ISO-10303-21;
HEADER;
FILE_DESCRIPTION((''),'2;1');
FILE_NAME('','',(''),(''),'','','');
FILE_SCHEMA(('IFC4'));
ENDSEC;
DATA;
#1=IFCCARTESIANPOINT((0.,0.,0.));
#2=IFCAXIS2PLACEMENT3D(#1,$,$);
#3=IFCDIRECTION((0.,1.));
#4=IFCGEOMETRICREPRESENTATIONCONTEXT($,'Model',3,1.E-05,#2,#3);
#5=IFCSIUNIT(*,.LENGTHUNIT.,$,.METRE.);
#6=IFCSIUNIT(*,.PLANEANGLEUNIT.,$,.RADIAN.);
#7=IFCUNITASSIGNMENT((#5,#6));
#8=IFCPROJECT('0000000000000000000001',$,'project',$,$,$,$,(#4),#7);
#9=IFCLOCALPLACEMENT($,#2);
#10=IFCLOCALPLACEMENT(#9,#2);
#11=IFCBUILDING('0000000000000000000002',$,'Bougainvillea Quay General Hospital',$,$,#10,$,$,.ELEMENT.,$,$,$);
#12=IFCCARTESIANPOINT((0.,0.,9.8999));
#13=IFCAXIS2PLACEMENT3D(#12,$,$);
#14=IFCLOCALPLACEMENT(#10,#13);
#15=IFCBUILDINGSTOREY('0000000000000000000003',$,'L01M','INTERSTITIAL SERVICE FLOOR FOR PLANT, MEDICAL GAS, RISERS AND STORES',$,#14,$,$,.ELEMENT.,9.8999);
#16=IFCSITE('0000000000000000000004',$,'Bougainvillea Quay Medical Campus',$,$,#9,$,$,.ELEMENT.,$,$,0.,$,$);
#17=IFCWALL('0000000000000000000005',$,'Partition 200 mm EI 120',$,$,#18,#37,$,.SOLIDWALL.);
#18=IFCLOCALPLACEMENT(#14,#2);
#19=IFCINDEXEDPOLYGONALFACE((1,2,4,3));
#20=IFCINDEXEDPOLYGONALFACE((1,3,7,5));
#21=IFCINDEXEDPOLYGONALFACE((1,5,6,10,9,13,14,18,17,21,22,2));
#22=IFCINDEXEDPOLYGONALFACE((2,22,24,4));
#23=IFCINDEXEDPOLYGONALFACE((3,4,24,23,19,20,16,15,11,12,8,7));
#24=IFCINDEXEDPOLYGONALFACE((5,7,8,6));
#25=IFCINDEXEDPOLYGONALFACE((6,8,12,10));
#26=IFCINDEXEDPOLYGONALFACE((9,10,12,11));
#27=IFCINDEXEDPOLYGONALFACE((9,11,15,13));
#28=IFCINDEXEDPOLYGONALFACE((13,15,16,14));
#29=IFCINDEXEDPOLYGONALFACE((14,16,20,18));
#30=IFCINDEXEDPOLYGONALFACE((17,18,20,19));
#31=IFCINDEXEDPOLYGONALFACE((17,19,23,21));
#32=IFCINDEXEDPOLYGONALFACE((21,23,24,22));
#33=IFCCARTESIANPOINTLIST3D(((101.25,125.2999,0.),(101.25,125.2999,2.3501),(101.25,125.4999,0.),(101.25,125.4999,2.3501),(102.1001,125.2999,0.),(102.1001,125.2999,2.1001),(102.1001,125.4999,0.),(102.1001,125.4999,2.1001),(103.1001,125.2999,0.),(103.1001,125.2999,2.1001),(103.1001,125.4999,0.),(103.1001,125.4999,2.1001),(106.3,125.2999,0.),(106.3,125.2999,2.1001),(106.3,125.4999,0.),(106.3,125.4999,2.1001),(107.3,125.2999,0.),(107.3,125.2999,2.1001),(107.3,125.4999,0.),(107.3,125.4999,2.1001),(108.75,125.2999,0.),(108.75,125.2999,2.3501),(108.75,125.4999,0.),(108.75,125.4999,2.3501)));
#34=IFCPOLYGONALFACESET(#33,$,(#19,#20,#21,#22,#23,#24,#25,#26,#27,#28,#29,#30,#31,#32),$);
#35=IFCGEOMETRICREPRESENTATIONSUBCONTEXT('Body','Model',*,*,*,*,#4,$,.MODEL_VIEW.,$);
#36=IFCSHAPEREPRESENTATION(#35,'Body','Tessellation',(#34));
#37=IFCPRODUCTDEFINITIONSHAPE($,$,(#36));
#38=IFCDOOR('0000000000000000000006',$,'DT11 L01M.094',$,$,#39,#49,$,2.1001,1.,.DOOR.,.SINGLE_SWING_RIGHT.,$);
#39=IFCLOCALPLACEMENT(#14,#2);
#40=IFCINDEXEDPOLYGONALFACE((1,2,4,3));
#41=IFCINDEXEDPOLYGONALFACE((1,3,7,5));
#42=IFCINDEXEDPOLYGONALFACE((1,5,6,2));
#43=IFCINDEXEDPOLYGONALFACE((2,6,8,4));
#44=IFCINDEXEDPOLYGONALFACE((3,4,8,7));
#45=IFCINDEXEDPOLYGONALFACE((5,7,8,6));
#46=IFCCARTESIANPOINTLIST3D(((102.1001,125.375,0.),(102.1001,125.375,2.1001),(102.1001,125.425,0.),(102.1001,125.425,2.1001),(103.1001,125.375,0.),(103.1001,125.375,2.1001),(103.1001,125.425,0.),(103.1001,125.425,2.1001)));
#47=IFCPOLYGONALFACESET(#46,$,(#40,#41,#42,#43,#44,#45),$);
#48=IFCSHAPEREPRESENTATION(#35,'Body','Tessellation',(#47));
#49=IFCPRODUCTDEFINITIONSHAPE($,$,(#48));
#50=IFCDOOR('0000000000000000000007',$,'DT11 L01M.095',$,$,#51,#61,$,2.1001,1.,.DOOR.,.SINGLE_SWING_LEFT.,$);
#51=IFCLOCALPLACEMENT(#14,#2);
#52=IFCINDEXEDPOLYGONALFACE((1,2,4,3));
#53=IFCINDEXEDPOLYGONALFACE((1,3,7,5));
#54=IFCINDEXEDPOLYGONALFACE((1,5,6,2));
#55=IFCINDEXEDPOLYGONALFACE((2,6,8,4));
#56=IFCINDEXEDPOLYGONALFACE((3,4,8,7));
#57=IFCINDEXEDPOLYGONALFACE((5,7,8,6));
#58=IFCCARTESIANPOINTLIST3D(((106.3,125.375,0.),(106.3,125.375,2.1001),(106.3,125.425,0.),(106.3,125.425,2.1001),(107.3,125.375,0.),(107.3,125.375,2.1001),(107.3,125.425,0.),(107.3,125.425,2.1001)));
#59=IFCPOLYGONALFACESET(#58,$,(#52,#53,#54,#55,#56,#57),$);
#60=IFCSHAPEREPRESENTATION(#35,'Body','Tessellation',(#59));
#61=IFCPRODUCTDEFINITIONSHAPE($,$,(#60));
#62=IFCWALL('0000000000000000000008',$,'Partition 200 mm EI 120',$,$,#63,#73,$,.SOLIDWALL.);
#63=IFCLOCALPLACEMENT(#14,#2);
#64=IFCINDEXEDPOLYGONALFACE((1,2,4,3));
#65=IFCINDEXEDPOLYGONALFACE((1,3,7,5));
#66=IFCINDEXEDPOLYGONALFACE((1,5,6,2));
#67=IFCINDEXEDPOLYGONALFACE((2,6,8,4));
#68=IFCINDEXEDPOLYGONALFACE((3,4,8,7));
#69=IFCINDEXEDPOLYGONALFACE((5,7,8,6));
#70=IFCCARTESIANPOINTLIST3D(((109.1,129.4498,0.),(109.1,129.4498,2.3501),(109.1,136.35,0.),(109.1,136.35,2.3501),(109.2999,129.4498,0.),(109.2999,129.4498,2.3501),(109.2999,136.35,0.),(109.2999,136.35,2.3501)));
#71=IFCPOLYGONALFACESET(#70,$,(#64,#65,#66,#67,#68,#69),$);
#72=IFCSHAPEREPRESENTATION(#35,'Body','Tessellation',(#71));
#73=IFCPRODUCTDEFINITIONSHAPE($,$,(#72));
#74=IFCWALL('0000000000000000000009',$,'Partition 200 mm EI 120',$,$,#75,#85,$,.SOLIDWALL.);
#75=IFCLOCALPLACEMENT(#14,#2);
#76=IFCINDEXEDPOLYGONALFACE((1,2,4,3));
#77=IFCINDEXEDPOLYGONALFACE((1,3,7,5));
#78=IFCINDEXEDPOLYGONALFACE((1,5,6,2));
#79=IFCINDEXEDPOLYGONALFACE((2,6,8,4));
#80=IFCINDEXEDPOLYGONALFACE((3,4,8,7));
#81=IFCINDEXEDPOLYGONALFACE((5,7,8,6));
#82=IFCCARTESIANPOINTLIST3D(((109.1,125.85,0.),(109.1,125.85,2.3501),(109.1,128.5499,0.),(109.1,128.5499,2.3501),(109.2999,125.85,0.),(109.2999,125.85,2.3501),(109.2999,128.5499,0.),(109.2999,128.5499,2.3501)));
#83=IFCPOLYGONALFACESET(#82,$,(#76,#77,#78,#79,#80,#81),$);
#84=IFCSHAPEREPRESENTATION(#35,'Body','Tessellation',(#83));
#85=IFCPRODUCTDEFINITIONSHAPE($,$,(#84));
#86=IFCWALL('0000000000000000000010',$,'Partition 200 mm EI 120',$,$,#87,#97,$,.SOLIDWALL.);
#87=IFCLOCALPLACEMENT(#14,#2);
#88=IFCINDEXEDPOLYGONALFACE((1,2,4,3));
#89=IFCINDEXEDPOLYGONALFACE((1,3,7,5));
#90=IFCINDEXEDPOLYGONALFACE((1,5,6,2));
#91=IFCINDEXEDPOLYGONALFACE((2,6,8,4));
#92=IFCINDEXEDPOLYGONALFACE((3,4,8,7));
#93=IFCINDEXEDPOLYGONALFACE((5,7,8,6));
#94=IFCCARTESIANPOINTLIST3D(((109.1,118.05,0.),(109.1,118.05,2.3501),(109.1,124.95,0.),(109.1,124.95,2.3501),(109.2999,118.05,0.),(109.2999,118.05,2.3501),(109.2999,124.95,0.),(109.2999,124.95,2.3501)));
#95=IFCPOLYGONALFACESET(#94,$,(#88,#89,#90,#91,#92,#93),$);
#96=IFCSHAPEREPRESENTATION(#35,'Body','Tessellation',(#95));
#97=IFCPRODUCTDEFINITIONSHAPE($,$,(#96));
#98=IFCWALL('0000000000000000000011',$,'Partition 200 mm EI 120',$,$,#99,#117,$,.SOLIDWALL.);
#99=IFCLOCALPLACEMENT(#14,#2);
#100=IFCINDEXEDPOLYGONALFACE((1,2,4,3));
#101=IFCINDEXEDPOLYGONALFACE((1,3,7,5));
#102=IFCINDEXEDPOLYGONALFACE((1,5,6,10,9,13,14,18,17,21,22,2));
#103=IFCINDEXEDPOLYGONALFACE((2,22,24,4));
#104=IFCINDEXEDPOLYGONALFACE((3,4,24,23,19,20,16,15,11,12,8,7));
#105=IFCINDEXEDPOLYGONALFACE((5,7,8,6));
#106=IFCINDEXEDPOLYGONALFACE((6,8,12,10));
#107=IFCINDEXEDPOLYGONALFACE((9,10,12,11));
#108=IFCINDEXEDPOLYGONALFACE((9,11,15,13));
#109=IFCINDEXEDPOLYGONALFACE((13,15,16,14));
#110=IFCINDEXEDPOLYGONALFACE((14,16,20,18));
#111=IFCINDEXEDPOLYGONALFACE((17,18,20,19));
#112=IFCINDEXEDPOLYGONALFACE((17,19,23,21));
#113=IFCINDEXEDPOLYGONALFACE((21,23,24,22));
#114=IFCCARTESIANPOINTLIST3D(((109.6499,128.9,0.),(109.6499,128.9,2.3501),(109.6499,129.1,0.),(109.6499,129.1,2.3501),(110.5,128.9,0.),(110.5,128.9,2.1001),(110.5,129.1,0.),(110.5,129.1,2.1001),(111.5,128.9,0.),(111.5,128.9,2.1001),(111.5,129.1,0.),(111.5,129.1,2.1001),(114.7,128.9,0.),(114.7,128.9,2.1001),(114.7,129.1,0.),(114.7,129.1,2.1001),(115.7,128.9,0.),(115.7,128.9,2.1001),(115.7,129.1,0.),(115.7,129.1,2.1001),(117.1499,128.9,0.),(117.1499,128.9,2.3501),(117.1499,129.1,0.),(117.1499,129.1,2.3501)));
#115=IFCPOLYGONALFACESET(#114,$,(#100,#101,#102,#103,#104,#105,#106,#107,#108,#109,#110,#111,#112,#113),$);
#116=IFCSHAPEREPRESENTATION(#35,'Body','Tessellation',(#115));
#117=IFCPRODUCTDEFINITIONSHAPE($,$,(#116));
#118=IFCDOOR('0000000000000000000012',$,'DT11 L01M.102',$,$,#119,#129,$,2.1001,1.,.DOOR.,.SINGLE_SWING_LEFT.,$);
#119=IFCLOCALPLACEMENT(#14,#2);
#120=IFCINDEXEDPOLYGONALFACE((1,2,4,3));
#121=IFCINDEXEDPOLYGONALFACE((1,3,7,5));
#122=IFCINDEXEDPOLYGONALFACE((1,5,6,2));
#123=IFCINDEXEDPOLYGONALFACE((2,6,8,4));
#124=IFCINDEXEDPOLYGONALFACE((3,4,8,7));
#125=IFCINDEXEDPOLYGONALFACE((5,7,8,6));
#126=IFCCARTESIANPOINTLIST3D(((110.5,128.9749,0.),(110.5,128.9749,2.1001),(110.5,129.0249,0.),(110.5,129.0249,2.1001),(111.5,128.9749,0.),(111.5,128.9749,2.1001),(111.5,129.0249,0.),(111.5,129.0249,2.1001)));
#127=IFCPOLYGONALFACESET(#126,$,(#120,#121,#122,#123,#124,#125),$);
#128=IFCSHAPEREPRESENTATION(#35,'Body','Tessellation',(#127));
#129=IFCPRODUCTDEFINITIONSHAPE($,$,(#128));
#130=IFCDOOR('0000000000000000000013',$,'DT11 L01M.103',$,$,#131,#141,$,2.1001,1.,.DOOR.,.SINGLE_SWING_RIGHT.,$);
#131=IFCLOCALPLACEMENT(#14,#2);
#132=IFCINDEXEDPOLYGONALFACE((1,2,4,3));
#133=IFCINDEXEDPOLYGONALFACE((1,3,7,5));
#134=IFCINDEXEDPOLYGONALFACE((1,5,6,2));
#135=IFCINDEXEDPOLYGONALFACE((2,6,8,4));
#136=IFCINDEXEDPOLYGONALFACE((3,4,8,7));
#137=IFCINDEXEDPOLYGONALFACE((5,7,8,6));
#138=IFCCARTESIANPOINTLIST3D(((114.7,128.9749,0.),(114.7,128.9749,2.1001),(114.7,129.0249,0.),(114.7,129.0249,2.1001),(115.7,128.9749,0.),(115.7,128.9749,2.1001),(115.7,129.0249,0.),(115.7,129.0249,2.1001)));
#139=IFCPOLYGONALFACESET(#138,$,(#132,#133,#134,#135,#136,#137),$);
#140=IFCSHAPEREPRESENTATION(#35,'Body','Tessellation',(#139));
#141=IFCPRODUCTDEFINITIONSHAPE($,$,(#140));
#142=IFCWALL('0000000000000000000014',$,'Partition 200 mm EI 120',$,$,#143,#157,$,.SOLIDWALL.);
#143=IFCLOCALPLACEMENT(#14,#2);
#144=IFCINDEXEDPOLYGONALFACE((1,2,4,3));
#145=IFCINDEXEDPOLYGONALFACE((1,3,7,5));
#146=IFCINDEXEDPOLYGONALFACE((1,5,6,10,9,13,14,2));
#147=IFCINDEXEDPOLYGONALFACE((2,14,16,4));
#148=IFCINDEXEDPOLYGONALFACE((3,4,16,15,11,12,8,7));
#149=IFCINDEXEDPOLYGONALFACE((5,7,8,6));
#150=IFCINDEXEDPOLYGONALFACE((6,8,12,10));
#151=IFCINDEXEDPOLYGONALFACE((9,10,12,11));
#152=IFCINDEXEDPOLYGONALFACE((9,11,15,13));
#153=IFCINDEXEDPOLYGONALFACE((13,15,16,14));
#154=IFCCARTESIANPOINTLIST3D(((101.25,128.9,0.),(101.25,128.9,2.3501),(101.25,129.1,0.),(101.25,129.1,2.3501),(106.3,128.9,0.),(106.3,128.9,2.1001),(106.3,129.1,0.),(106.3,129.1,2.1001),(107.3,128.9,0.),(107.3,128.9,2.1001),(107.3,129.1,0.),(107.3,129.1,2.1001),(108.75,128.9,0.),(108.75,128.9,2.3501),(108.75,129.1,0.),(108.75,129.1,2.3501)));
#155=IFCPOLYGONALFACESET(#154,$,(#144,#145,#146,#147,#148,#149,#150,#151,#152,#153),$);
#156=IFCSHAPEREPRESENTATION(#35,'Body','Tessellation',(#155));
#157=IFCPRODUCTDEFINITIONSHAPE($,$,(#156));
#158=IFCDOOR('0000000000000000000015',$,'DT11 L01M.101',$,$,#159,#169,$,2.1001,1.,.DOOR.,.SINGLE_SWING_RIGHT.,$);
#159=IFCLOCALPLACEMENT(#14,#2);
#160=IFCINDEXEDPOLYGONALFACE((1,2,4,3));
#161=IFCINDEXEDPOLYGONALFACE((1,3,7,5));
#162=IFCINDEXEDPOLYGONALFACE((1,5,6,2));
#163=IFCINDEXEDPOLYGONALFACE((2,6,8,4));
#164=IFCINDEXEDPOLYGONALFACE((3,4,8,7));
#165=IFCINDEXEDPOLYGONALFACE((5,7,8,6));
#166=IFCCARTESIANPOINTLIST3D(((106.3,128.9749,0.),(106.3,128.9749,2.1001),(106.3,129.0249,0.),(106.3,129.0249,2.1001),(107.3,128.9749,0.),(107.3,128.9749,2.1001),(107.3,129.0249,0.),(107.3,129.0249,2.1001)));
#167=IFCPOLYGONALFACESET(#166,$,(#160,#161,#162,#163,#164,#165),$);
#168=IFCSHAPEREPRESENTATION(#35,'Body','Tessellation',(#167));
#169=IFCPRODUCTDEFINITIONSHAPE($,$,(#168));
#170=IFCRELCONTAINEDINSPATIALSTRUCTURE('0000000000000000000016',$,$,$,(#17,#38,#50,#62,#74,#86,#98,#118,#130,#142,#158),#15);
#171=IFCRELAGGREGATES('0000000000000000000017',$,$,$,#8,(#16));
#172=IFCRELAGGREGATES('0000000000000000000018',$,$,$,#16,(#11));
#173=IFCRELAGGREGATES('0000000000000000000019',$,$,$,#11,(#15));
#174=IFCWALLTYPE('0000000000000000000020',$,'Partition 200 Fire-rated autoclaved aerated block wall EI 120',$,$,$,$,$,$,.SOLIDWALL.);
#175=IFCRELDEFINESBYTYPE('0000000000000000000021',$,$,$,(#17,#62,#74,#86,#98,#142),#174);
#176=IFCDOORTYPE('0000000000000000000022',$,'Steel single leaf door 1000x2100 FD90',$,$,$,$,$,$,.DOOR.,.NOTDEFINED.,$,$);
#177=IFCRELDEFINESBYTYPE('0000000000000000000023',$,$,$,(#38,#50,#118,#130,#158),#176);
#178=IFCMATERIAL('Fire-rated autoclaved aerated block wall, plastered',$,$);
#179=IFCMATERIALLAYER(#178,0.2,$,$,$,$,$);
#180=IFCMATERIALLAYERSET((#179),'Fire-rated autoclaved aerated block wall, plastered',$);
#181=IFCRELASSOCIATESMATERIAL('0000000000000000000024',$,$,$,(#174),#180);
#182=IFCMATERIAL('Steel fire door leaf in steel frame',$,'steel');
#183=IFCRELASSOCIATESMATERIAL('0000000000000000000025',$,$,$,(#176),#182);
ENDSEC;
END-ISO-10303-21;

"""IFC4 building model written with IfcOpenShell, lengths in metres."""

from ifc_helpers import new_model, si_unit, direction, frame, frame_2d, origin, place, context, subcontext, project, spatial, rectangle, extrude, material, layer, layer_set, type_object, element, fill, save


model = new_model("IFC4")

# Units and contexts
model_context = context("Model", 3, precision=1e-05, world=origin(), true_north=direction((0.0, 1.0)))
body_context = subcontext(model_context, "Body", "Model", "MODEL_VIEW")
ifc_project = project(units=[si_unit("LENGTHUNIT", "METRE"), si_unit("PLANEANGLEUNIT", "RADIAN")], contexts=[model_context])

# Site, building, storey
site_placement = place(None, origin())
site = spatial("IfcSite", under=ifc_project, at=site_placement, Name="Bougainvillea Quay Medical Campus", CompositionType="ELEMENT", RefElevation=0.0)
building_placement = place(site_placement, origin())
building = spatial("IfcBuilding", under=site, at=building_placement, Name="Bougainvillea Quay General Hospital", CompositionType="ELEMENT")
storey_placement = place(building_placement, frame((0.0, 0.0, 9.8999)))
storey = spatial("IfcBuildingStorey", under=building, at=storey_placement, Name="L01M", Description="INTERSTITIAL SERVICE FLOOR FOR PLANT, MEDICAL GAS, RISERS AND STORES", CompositionType="ELEMENT", Elevation=9.8999)

# Wall, openings, doors
ifc_material_1 = material(Name="Fire-rated autoclaved aerated block wall, plastered")
ifc_layer_1 = layer(ifc_material_1, 0.2)
ifc_layer_set_1 = layer_set([ifc_layer_1], Name="Fire-rated autoclaved aerated block wall, plastered")
wall_type_1 = type_object("IfcWallType", Name="Partition 200 Fire-rated autoclaved aerated block wall EI 120", PredefinedType="SOLIDWALL", material=ifc_layer_set_1)
ifc_material_2 = material(Name="Steel fire door leaf in steel frame", Category="steel")
door_type_1 = type_object("IfcDoorType", Name="Steel single leaf door 1000x2100 FD90", OperationType="NOTDEFINED", PredefinedType="DOOR", material=ifc_material_2)
wall_1_placement = place(storey_placement, frame((108.75, 125.3999, 0.0), z_axis=(0.0, 0.0, 1.0), x_axis=(-1.0, 0.0, 0.0)))
wall_1 = element("IfcWall", 1, at=wall_1_placement, inside=storey, type_object=wall_type_1, Name="Partition 200 mm EI 120", PredefinedType="SOLIDWALL", context=body_context, shape_type="SweptSolid", body=[
    extrude(rectangle(XDim=7.5, YDim=0.2, at=frame_2d((3.75, 0.0))), origin(), (0.0, 0.0, 1.0), 2.3501),
])
opening_1_placement = place(wall_1_placement, frame((5.6499, 0.0, 0.0)))
opening_1 = element("IfcOpeningElement", 2, at=opening_1_placement, cuts=wall_1, PredefinedType="OPENING", context=body_context, shape_type="SweptSolid", body=[
    extrude(rectangle(XDim=1.0, YDim=2.1001, at=frame_2d((0.5, 1.05))), frame((0.0, 0.1099, 0.0), z_axis=(0.0, -1.0, 0.0), x_axis=(1.0, 0.0, 0.0)), (0.0, 0.0, 1.0), 0.22),
])
opening_2_placement = place(wall_1_placement, frame((1.45, 0.0, 0.0)))
opening_2 = element("IfcOpeningElement", 3, at=opening_2_placement, cuts=wall_1, PredefinedType="OPENING", context=body_context, shape_type="SweptSolid", body=[
    extrude(rectangle(XDim=1.0, YDim=2.1001, at=frame_2d((0.5, 1.05))), frame((0.0, 0.1099, 0.0), z_axis=(0.0, -1.0, 0.0), x_axis=(1.0, 0.0, 0.0)), (0.0, 0.0, 1.0), 0.22),
])
door_1_placement = place(opening_1_placement, origin())
door_1 = element("IfcDoor", 4, at=door_1_placement, inside=storey, type_object=door_type_1, Name="DT11 L01M.094", OperationType="SINGLE_SWING_RIGHT", OverallHeight=2.1001, OverallWidth=1.0, PredefinedType="DOOR", context=body_context, shape_type="SweptSolid", body=[
    extrude(rectangle(XDim=1.0, YDim=2.1001, at=frame_2d((0.5, 1.05))), frame((0.0, 0.0249, 0.0), z_axis=(0.0, -1.0, 0.0), x_axis=(1.0, 0.0, 0.0)), (0.0, 0.0, 1.0), 0.05),
])
fill(opening_1, door_1)
door_2_placement = place(opening_2_placement, origin())
door_2 = element("IfcDoor", 5, at=door_2_placement, inside=storey, type_object=door_type_1, Name="DT11 L01M.095", OperationType="SINGLE_SWING_LEFT", OverallHeight=2.1001, OverallWidth=1.0, PredefinedType="DOOR", context=body_context, shape_type="SweptSolid", body=[
    extrude(rectangle(XDim=1.0, YDim=2.1001, at=frame_2d((0.5, 1.05))), frame((0.0, 0.0249, 0.0), z_axis=(0.0, -1.0, 0.0), x_axis=(1.0, 0.0, 0.0)), (0.0, 0.0, 1.0), 0.05),
])
fill(opening_2, door_2)

# Walls
wall_2_placement = place(storey_placement, frame((109.2, 136.3501, 0.0), z_axis=(0.0, 0.0, 1.0), x_axis=(0.0, -1.0, 0.0)))
element("IfcWall", 6, at=wall_2_placement, inside=storey, type_object=wall_type_1, Name="Partition 200 mm EI 120", PredefinedType="SOLIDWALL", context=body_context, shape_type="SweptSolid", body=[
    extrude(rectangle(XDim=6.9001, YDim=0.2, at=frame_2d((3.4502, 0.0))), origin(), (0.0, 0.0, 1.0), 2.3501),
])
wall_3_placement = place(storey_placement, frame((109.2, 128.55, 0.0), z_axis=(0.0, 0.0, 1.0), x_axis=(0.0, -1.0, 0.0)))
element("IfcWall", 7, at=wall_3_placement, inside=storey, type_object=wall_type_1, Name="Partition 200 mm EI 120", PredefinedType="SOLIDWALL", context=body_context, shape_type="SweptSolid", body=[
    extrude(rectangle(XDim=2.7, YDim=0.2, at=frame_2d((1.3501, 0.0))), origin(), (0.0, 0.0, 1.0), 2.3501),
])
wall_4_placement = place(storey_placement, frame((109.2, 124.95, 0.0), z_axis=(0.0, 0.0, 1.0), x_axis=(0.0, -1.0, 0.0)))
element("IfcWall", 8, at=wall_4_placement, inside=storey, type_object=wall_type_1, Name="Partition 200 mm EI 120", PredefinedType="SOLIDWALL", context=body_context, shape_type="SweptSolid", body=[
    extrude(rectangle(XDim=6.8999, YDim=0.2, at=frame_2d((3.45, 0.0))), origin(), (0.0, 0.0, 1.0), 2.3501),
])

# Wall, openings, doors
wall_5_placement = place(storey_placement, frame((117.1499, 129.0, 0.0), z_axis=(0.0, 0.0, 1.0), x_axis=(-1.0, 0.0, 0.0)))
wall_5 = element("IfcWall", 9, at=wall_5_placement, inside=storey, type_object=wall_type_1, Name="Partition 200 mm EI 120", PredefinedType="SOLIDWALL", context=body_context, shape_type="SweptSolid", body=[
    extrude(rectangle(XDim=7.5, YDim=0.2, at=frame_2d((3.75, 0.0))), origin(), (0.0, 0.0, 1.0), 2.3501),
])
opening_3_placement = place(wall_5_placement, frame((5.6499, 0.0, 0.0)))
opening_3 = element("IfcOpeningElement", 10, at=opening_3_placement, cuts=wall_5, PredefinedType="OPENING", context=body_context, shape_type="SweptSolid", body=[
    extrude(rectangle(XDim=1.0, YDim=2.1001, at=frame_2d((0.5, 1.05))), frame((0.0, 0.1099, 0.0), z_axis=(0.0, -1.0, 0.0), x_axis=(1.0, 0.0, 0.0)), (0.0, 0.0, 1.0), 0.22),
])
opening_4_placement = place(wall_5_placement, frame((1.45, 0.0, 0.0)))
opening_4 = element("IfcOpeningElement", 11, at=opening_4_placement, cuts=wall_5, PredefinedType="OPENING", context=body_context, shape_type="SweptSolid", body=[
    extrude(rectangle(XDim=1.0, YDim=2.1001, at=frame_2d((0.5, 1.05))), frame((0.0, 0.1099, 0.0), z_axis=(0.0, -1.0, 0.0), x_axis=(1.0, 0.0, 0.0)), (0.0, 0.0, 1.0), 0.22),
])
door_3_placement = place(opening_3_placement, frame((1.0, 0.0, 0.0), z_axis=(0.0, 0.0, 1.0), x_axis=(-1.0, 0.0, 0.0)))
door_3 = element("IfcDoor", 12, at=door_3_placement, inside=storey, type_object=door_type_1, Name="DT11 L01M.102", OperationType="SINGLE_SWING_LEFT", OverallHeight=2.1001, OverallWidth=1.0, PredefinedType="DOOR", context=body_context, shape_type="SweptSolid", body=[
    extrude(rectangle(XDim=1.0, YDim=2.1001, at=frame_2d((0.5, 1.05))), frame((0.0, 0.0249, 0.0), z_axis=(0.0, -1.0, 0.0), x_axis=(1.0, 0.0, 0.0)), (0.0, 0.0, 1.0), 0.05),
])
fill(opening_3, door_3)
door_4_placement = place(opening_4_placement, frame((1.0, 0.0, 0.0), z_axis=(0.0, 0.0, 1.0), x_axis=(-1.0, 0.0, 0.0)))
door_4 = element("IfcDoor", 13, at=door_4_placement, inside=storey, type_object=door_type_1, Name="DT11 L01M.103", OperationType="SINGLE_SWING_RIGHT", OverallHeight=2.1001, OverallWidth=1.0, PredefinedType="DOOR", context=body_context, shape_type="SweptSolid", body=[
    extrude(rectangle(XDim=1.0, YDim=2.1001, at=frame_2d((0.5, 1.05))), frame((0.0, 0.0249, 0.0), z_axis=(0.0, -1.0, 0.0), x_axis=(1.0, 0.0, 0.0)), (0.0, 0.0, 1.0), 0.05),
])
fill(opening_4, door_4)

# Wall, opening, door
wall_6_placement = place(storey_placement, frame((108.75, 129.0, 0.0), z_axis=(0.0, 0.0, 1.0), x_axis=(-1.0, 0.0, 0.0)))
wall_6 = element("IfcWall", 14, at=wall_6_placement, inside=storey, type_object=wall_type_1, Name="Partition 200 mm EI 120", PredefinedType="SOLIDWALL", context=body_context, shape_type="SweptSolid", body=[
    extrude(rectangle(XDim=7.5, YDim=0.2, at=frame_2d((3.75, 0.0))), origin(), (0.0, 0.0, 1.0), 2.3501),
])
opening_5_placement = place(wall_6_placement, frame((1.45, 0.0, 0.0)))
opening_5 = element("IfcOpeningElement", 15, at=opening_5_placement, cuts=wall_6, PredefinedType="OPENING", context=body_context, shape_type="SweptSolid", body=[
    extrude(rectangle(XDim=1.0, YDim=2.1001, at=frame_2d((0.5, 1.05))), frame((0.0, 0.1099, 0.0), z_axis=(0.0, -1.0, 0.0), x_axis=(1.0, 0.0, 0.0)), (0.0, 0.0, 1.0), 0.22),
])
door_5_placement = place(opening_5_placement, frame((1.0, 0.0, 0.0), z_axis=(0.0, 0.0, 1.0), x_axis=(-1.0, 0.0, 0.0)))
door_5 = element("IfcDoor", 16, at=door_5_placement, inside=storey, type_object=door_type_1, Name="DT11 L01M.101", OperationType="SINGLE_SWING_RIGHT", OverallHeight=2.1001, OverallWidth=1.0, PredefinedType="DOOR", context=body_context, shape_type="SweptSolid", body=[
    extrude(rectangle(XDim=1.0, YDim=2.1001, at=frame_2d((0.5, 1.05))), frame((0.0, 0.0249, 0.0), z_axis=(0.0, -1.0, 0.0), x_axis=(1.0, 0.0, 0.0)), (0.0, 0.0, 1.0), 0.05),
])
fill(opening_5, door_5)

save(model, "model.ifc")
